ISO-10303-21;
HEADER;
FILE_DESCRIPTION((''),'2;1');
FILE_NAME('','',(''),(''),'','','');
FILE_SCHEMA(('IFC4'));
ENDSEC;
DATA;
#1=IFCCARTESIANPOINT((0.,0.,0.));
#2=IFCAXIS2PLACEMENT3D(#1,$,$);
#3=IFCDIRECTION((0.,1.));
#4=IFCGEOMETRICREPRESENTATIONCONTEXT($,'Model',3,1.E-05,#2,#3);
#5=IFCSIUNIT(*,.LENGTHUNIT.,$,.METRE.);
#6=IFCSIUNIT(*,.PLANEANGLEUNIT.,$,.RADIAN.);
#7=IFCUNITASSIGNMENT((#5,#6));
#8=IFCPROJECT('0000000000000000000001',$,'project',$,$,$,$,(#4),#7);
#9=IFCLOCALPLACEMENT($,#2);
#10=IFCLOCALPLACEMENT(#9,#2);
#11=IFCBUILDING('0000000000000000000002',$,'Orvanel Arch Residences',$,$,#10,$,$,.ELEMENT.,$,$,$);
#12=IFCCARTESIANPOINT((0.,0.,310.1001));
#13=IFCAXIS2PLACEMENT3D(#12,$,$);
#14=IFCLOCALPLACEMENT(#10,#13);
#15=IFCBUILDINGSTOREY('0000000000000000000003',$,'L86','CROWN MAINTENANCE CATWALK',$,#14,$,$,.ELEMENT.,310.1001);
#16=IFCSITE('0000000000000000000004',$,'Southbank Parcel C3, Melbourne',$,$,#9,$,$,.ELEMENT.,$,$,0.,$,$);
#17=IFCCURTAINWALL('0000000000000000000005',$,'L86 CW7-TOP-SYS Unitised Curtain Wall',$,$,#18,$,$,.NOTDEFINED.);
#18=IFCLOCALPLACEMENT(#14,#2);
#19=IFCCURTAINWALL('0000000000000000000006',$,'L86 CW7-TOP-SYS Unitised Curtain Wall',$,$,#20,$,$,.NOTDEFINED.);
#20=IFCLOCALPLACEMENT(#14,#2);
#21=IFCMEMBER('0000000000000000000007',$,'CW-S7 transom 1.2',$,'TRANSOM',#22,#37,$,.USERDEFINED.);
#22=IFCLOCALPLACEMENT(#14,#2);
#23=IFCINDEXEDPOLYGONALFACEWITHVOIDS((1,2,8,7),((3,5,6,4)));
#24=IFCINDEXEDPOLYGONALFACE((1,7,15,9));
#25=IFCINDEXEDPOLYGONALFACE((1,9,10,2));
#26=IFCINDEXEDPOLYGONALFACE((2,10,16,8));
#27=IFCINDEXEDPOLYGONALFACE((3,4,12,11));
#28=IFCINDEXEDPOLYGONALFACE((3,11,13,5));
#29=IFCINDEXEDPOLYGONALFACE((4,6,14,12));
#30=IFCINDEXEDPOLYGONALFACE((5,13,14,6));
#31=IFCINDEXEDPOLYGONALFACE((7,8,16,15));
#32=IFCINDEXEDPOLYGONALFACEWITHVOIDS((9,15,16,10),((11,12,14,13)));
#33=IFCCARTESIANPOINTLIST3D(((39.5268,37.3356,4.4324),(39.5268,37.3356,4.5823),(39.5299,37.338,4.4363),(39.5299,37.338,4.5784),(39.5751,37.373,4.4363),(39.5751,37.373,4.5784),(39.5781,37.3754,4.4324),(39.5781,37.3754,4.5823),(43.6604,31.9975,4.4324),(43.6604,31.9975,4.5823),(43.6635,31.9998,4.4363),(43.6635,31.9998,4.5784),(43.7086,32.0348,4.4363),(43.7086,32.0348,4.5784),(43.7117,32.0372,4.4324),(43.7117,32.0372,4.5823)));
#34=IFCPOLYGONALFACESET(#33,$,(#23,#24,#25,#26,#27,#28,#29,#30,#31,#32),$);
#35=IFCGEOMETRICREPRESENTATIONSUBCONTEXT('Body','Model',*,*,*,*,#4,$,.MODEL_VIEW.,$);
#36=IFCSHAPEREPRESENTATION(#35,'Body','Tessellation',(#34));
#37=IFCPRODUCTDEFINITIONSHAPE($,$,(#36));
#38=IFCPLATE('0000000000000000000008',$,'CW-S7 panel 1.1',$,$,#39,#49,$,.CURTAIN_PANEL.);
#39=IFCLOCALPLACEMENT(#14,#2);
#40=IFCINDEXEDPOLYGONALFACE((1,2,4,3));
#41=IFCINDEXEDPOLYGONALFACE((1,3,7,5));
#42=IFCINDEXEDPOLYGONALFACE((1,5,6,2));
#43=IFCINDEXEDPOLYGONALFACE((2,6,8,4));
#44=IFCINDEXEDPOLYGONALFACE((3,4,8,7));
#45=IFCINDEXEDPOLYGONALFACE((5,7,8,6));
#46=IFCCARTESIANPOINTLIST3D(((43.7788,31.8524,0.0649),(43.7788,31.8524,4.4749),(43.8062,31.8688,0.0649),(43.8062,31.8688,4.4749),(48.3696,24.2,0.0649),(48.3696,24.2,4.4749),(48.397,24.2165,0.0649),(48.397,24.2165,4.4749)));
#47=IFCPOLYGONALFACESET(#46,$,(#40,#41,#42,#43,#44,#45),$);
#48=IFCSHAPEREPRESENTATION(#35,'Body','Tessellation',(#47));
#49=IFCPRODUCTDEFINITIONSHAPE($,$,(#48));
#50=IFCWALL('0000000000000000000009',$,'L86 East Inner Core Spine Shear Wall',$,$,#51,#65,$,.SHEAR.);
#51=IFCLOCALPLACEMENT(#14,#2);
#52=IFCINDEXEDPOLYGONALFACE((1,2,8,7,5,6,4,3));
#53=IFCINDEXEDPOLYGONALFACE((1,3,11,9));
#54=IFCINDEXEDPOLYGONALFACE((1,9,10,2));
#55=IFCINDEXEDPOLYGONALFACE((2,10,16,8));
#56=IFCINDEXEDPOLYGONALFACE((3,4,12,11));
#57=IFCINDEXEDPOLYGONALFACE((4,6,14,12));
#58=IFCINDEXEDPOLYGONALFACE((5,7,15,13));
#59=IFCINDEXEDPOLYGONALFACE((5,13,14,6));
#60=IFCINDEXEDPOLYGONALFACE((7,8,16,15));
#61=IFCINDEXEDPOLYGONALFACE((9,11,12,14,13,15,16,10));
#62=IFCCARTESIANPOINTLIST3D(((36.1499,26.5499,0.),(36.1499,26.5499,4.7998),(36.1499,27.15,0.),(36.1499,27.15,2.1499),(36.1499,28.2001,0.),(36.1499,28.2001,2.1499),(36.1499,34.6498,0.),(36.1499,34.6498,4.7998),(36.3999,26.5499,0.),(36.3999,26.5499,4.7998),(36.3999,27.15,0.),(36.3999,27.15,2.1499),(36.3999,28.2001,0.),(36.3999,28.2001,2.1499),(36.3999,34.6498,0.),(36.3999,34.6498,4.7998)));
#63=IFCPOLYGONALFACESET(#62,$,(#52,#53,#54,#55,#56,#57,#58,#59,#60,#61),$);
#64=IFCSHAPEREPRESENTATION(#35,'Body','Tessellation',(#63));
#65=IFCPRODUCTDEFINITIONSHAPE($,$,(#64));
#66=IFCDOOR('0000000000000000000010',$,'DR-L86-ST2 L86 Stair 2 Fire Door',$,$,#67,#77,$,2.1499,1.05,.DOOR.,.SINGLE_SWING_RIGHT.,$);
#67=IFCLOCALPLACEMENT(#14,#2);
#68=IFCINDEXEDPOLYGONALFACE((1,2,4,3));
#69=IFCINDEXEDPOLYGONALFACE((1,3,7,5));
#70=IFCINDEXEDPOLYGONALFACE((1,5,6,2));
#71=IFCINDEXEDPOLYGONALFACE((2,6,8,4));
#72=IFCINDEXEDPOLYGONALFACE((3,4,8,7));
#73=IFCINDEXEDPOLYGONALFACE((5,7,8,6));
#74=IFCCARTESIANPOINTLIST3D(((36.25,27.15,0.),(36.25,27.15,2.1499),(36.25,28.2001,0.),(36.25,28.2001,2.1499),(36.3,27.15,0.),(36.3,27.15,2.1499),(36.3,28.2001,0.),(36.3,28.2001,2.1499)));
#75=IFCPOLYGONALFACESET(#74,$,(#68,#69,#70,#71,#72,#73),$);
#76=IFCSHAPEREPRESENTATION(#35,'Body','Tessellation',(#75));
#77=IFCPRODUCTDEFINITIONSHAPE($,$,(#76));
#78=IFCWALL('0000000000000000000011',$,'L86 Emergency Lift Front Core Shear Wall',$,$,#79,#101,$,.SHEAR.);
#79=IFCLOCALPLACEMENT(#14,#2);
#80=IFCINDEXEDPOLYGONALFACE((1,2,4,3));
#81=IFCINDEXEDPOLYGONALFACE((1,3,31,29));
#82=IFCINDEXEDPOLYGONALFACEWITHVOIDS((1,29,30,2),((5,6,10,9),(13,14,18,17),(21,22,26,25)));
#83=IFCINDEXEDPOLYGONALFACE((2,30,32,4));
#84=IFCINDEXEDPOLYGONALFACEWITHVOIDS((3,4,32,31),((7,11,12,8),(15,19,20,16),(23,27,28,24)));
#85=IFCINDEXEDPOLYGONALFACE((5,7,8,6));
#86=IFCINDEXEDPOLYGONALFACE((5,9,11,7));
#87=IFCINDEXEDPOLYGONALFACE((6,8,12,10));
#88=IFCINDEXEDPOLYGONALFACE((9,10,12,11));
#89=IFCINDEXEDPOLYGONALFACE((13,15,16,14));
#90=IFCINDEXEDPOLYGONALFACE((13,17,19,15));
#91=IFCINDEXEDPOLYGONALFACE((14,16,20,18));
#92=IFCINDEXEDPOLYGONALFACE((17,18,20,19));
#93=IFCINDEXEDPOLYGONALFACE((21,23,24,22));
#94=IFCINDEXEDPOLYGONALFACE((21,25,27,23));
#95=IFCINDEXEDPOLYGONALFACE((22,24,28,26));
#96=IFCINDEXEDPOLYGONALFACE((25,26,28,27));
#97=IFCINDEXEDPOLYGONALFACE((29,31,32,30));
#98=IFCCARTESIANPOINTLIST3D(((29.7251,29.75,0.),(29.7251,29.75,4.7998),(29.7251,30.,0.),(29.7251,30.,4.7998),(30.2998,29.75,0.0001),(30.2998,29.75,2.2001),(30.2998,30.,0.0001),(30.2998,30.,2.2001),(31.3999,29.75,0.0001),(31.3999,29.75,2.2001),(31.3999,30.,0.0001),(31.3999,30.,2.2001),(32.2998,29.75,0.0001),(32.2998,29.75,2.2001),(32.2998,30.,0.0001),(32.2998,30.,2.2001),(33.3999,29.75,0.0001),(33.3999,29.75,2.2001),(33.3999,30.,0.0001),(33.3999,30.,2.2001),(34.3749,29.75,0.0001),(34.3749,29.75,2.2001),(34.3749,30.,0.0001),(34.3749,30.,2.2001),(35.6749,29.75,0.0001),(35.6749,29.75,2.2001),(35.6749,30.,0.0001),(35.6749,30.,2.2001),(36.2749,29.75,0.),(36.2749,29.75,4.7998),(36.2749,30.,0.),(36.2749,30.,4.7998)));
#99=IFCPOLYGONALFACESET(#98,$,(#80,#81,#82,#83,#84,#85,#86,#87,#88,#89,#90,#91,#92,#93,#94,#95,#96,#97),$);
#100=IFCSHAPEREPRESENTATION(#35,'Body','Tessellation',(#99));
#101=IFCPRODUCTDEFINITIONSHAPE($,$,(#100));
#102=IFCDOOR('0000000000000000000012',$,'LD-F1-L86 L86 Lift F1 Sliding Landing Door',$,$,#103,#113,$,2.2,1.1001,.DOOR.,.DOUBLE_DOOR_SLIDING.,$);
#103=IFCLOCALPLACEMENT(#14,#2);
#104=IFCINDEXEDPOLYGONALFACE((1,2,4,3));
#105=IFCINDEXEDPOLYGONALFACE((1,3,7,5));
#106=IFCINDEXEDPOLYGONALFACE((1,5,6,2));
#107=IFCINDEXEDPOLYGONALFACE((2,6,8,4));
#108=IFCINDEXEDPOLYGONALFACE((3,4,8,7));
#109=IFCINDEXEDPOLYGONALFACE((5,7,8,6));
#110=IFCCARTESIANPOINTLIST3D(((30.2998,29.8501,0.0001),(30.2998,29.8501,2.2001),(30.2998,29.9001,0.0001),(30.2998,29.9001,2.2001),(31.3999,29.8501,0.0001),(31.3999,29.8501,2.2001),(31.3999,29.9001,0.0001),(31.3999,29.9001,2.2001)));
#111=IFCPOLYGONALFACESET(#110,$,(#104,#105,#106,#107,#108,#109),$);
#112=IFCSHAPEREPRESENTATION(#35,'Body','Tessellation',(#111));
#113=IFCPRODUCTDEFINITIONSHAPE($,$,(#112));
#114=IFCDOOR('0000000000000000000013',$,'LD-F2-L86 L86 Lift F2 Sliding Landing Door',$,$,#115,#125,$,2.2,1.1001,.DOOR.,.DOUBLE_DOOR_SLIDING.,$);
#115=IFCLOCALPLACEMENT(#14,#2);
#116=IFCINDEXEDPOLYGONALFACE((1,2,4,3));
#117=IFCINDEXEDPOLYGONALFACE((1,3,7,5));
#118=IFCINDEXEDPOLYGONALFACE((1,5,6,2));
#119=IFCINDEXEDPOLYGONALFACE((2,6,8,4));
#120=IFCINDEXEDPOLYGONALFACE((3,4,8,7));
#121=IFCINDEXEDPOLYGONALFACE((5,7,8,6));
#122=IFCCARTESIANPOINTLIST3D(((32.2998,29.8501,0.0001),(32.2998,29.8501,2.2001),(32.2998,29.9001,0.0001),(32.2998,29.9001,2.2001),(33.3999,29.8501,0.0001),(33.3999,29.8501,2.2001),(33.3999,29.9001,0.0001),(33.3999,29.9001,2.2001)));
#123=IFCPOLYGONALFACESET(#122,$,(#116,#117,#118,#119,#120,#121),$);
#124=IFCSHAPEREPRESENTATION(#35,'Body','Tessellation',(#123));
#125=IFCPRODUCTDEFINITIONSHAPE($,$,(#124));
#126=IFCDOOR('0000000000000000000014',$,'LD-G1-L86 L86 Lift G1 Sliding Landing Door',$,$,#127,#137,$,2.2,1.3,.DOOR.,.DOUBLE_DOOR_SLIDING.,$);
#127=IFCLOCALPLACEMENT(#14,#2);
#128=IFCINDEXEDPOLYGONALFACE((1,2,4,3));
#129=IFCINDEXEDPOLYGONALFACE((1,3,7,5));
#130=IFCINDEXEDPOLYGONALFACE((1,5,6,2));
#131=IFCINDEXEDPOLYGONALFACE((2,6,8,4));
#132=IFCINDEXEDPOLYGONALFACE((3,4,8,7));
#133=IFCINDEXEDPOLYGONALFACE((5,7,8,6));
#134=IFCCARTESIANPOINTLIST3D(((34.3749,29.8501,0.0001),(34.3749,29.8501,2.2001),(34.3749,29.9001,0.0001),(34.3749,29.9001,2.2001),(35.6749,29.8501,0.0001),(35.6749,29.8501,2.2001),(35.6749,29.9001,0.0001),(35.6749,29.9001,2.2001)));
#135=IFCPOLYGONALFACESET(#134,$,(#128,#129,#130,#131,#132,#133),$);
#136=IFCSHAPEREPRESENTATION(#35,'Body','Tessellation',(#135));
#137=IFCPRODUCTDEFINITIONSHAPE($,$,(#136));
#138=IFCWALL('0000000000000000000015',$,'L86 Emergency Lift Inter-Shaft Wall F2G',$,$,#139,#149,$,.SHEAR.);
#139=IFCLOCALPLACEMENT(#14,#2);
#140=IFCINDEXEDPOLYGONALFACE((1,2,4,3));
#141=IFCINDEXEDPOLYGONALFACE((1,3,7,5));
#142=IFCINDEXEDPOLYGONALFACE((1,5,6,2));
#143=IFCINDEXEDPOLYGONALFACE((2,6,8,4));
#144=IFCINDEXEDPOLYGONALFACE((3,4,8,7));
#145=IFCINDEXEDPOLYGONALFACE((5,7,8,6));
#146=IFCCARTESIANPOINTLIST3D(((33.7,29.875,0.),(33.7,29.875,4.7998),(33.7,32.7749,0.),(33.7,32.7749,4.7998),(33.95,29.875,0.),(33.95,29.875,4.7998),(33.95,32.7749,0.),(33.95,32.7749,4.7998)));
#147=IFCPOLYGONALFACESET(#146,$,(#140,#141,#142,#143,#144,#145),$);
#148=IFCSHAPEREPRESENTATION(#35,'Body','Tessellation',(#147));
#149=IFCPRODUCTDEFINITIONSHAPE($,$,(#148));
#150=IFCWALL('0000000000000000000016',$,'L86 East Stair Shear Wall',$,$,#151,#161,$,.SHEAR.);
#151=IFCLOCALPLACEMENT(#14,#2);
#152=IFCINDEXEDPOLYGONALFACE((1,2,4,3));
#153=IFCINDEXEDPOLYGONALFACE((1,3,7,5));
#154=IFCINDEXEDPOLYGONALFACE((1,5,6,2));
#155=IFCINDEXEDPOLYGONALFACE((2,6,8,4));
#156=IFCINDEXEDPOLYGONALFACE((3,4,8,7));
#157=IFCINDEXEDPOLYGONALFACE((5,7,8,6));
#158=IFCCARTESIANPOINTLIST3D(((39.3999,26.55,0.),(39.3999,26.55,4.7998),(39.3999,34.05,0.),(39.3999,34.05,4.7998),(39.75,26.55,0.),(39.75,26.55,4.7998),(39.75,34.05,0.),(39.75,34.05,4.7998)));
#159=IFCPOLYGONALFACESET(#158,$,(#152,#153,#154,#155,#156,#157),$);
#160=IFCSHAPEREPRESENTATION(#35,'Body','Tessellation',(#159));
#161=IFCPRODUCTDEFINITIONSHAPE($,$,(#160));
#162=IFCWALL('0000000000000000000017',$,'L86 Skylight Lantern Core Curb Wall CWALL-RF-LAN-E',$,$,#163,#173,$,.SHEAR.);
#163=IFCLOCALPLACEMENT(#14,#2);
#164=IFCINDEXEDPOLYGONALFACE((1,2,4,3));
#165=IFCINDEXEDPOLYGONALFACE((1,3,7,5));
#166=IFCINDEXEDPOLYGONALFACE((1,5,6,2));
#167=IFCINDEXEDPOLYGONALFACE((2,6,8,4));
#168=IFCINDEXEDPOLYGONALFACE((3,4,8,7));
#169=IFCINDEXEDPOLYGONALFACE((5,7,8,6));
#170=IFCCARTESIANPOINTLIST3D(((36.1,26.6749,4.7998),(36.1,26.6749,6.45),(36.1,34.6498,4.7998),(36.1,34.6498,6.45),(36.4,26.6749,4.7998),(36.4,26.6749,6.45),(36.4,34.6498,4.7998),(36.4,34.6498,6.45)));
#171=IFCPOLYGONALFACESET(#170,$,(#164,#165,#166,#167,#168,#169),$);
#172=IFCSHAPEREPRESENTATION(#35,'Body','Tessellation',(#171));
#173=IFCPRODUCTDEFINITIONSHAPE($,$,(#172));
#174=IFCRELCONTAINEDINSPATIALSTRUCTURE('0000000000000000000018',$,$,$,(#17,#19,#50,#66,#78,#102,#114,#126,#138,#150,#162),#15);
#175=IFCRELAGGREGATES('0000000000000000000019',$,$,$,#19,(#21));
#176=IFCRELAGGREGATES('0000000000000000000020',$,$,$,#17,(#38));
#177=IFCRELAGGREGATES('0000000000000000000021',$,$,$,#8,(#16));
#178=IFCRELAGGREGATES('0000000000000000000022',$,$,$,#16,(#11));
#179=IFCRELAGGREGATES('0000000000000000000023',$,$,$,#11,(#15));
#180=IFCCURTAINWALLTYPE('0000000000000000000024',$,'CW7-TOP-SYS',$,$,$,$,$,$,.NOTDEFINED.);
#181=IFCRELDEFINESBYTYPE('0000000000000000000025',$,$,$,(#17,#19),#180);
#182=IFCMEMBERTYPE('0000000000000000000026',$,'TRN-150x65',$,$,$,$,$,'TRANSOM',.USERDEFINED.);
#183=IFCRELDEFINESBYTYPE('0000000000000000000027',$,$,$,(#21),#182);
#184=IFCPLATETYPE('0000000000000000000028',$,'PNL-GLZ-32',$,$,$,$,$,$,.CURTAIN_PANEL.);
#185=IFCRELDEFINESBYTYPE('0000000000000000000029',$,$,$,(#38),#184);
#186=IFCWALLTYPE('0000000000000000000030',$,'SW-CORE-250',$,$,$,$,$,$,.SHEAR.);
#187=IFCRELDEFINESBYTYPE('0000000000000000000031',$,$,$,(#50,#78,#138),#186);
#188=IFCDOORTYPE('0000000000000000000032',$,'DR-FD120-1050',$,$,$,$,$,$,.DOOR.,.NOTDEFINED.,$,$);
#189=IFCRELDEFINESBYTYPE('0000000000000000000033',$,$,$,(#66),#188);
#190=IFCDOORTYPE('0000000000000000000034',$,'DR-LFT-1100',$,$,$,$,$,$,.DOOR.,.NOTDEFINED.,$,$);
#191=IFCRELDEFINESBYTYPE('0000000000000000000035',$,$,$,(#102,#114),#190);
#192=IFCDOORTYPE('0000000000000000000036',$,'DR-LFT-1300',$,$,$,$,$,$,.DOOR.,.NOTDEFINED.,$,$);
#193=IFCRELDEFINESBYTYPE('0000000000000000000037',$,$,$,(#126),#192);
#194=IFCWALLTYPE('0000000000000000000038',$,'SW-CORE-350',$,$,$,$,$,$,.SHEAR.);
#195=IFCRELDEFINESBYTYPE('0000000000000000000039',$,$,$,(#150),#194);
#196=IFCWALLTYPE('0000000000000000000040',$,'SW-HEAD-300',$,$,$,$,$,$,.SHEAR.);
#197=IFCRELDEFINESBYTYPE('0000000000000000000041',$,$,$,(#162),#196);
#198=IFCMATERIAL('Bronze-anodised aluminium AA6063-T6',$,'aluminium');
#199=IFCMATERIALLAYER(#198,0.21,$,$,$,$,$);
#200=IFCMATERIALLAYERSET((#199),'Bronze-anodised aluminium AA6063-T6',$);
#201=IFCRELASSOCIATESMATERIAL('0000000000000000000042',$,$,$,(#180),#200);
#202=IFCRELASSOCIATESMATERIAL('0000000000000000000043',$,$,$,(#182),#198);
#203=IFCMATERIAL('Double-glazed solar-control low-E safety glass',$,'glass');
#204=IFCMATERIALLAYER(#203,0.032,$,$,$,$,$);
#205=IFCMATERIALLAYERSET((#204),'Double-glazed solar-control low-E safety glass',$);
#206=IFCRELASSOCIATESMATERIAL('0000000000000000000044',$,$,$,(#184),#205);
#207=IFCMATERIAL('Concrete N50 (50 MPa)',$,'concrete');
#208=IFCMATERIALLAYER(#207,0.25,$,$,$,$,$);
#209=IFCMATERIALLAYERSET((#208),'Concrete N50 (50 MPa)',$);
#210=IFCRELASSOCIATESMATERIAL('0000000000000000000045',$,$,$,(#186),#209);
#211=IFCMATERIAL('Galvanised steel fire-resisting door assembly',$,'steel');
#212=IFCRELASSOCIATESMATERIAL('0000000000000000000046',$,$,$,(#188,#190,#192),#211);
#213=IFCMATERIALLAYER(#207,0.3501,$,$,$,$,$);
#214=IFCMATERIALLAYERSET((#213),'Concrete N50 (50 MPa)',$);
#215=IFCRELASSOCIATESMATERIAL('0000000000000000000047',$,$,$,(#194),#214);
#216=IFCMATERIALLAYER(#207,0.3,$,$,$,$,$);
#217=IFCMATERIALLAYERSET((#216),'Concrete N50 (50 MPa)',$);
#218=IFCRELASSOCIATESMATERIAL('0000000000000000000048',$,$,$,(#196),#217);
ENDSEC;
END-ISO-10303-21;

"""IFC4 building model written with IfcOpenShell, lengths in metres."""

from ifc_helpers import new_model, si_unit, direction, frame, frame_2d, origin, origin_2d, place, context, subcontext, project, spatial, rectangle, hollow_rectangle, extrude, material, layer, layer_set, material_profile, profile_set, type_object, element, fill, aggregate, save


model = new_model("IFC4")

# Units and contexts
model_context = context("Model", 3, precision=1e-05, world=origin(), true_north=direction((0.0, 1.0)))
body_context = subcontext(model_context, "Body", "Model", "MODEL_VIEW")
ifc_project = project(units=[si_unit("LENGTHUNIT", "METRE"), si_unit("PLANEANGLEUNIT", "RADIAN")], contexts=[model_context])

# Site, building, storey
site_placement = place(None, origin())
site = spatial("IfcSite", under=ifc_project, at=site_placement, Name="Southbank Parcel C3, Melbourne", CompositionType="ELEMENT", RefElevation=0.0)
building_placement = place(site_placement, origin())
building = spatial("IfcBuilding", under=site, at=building_placement, Name="Orvanel Arch Residences", CompositionType="ELEMENT")
storey_placement = place(building_placement, frame((0.0, 0.0, 310.1001)))
storey = spatial("IfcBuildingStorey", under=building, at=storey_placement, Name="L86", Description="CROWN MAINTENANCE CATWALK", CompositionType="ELEMENT", Elevation=310.1001)

# Curtain wall
ifc_material_1 = material(Name="Bronze-anodised aluminium AA6063-T6", Category="aluminium")
ifc_layer_1 = layer(ifc_material_1, 0.21)
ifc_layer_set_1 = layer_set([ifc_layer_1], Name="Bronze-anodised aluminium AA6063-T6")
curtain_wall_type = type_object("IfcCurtainWallType", Name="CW7-TOP-SYS", PredefinedType="NOTDEFINED", material=ifc_layer_set_1)
curtain_wall_1_placement = place(storey_placement, origin())
curtain_wall_1 = element("IfcCurtainWall", 1, at=curtain_wall_1_placement, inside=storey, type_object=curtain_wall_type, Name="L86 CW7-TOP-SYS Unitised Curtain Wall", PredefinedType="NOTDEFINED")

# Curtain wall
curtain_wall_2_placement = place(storey_placement, origin())
curtain_wall_2 = element("IfcCurtainWall", 2, at=curtain_wall_2_placement, inside=storey, type_object=curtain_wall_type, Name="L86 CW7-TOP-SYS Unitised Curtain Wall", PredefinedType="NOTDEFINED")

# Member
ifc_material_profile_1 = material_profile(ifc_material_1, hollow_rectangle(XDim=0.0649, YDim=0.1499, WallThickness=0.0039, at=origin_2d()), Name="ALU150x65x4")
ifc_profile_set_1 = profile_set([ifc_material_profile_1], Name="Bronze-anodised aluminium AA6063-T6")
member_type_1 = type_object("IfcMemberType", Name="TRN-150x65", ElementType="TRANSOM", PredefinedType="USERDEFINED", material=ifc_profile_set_1)
member_1_placement = place(storey_placement, frame((43.686, 32.0173, 4.5073), z_axis=(-0.612247, 0.790667, 0.0), x_axis=(-0.790667, -0.612247, 0.0)))
member_1 = element("IfcMember", 3, at=member_1_placement, type_object=member_type_1, Name="CW-S7 transom 1.2", ObjectType="TRANSOM", PredefinedType="USERDEFINED", context=body_context, shape_type="SweptSolid", body=[
    extrude(hollow_rectangle(XDim=0.0649, YDim=0.1499, WallThickness=0.0039, at=origin_2d()), origin(), (0.0, 0.0, 1.0), 6.7515),
])
aggregate(curtain_wall_2, [member_1])

# Plate
ifc_material_2 = material(Name="Double-glazed solar-control low-E safety glass", Category="glass")
ifc_layer_2 = layer(ifc_material_2, 0.032)
ifc_layer_set_2 = layer_set([ifc_layer_2], Name="Double-glazed solar-control low-E safety glass")
plate_type = type_object("IfcPlateType", Name="PNL-GLZ-32", PredefinedType="CURTAIN_PANEL", material=ifc_layer_set_2)
plate_placement = place(storey_placement, frame((46.0879, 28.0344, 0.0649), z_axis=(0.0, 0.0, 1.0), x_axis=(-0.514447, 0.857522, 0.0)))
plate = element("IfcPlate", 4, at=plate_placement, type_object=plate_type, Name="CW-S7 panel 1.1", PredefinedType="CURTAIN_PANEL", context=body_context, shape_type="SweptSolid", body=[
    extrude(rectangle(XDim=8.9238, YDim=0.032, at=origin_2d()), origin(), (0.0, 0.0, 1.0), 4.4099),
])
aggregate(curtain_wall_1, [plate])

# Wall, opening, door
ifc_material_3 = material(Name="Concrete N50 (50 MPa)", Category="concrete")
ifc_layer_3 = layer(ifc_material_3, 0.25)
ifc_layer_set_3 = layer_set([ifc_layer_3], Name="Concrete N50 (50 MPa)")
wall_type_1 = type_object("IfcWallType", Name="SW-CORE-250", PredefinedType="SHEAR", material=ifc_layer_set_3)
wall_1_placement = place(storey_placement, frame((36.2749, 26.55, 0.0), z_axis=(0.0, 0.0, 1.0), x_axis=(0.0, 1.0, 0.0)))
wall_1 = element("IfcWall", 5, at=wall_1_placement, inside=storey, type_object=wall_type_1, Name="L86 East Inner Core Spine Shear Wall", PredefinedType="SHEAR", context=body_context, shape_type="SweptSolid", body=[
    extrude(rectangle(XDim=8.0999, YDim=0.25, at=frame_2d((4.0498, 0.0))), origin(), (0.0, 0.0, 1.0), 4.7998),
])
opening_1_placement = place(wall_1_placement, frame((0.6001, 0.0, 0.0)))
opening_1 = element("IfcOpeningElement", 6, at=opening_1_placement, cuts=wall_1, PredefinedType="OPENING", context=body_context, shape_type="SweptSolid", body=[
    extrude(rectangle(XDim=1.05, YDim=2.1499, at=frame_2d((0.5249, 1.075))), frame((0.0, 0.135, 0.0), z_axis=(0.0, -1.0, 0.0), x_axis=(1.0, 0.0, 0.0)), (0.0, 0.0, 1.0), 0.27),
])
ifc_material_4 = material(Name="Galvanised steel fire-resisting door assembly", Category="steel")
door_type_1 = type_object("IfcDoorType", Name="DR-FD120-1050", OperationType="NOTDEFINED", PredefinedType="DOOR", material=ifc_material_4)
door_1_placement = place(opening_1_placement, origin())
door_1 = element("IfcDoor", 7, at=door_1_placement, inside=storey, type_object=door_type_1, Name="DR-L86-ST2 L86 Stair 2 Fire Door", OperationType="SINGLE_SWING_RIGHT", OverallHeight=2.1499, OverallWidth=1.05, PredefinedType="DOOR", context=body_context, shape_type="SweptSolid", body=[
    extrude(rectangle(XDim=1.05, YDim=2.1499, at=frame_2d((0.5249, 1.075))), frame((0.0, 0.0249, 0.0), z_axis=(0.0, -1.0, 0.0), x_axis=(1.0, 0.0, 0.0)), (0.0, 0.0, 1.0), 0.05),
])
fill(opening_1, door_1)

# Wall, openings, doors
wall_2_placement = place(storey_placement, frame((36.2749, 29.875, 0.0), z_axis=(0.0, 0.0, 1.0), x_axis=(-1.0, 0.0, 0.0)))
wall_2 = element("IfcWall", 8, at=wall_2_placement, inside=storey, type_object=wall_type_1, Name="L86 Emergency Lift Front Core Shear Wall", PredefinedType="SHEAR", context=body_context, shape_type="SweptSolid", body=[
    extrude(rectangle(XDim=6.5498, YDim=0.25, at=frame_2d((3.2749, 0.0))), origin(), (0.0, 0.0, 1.0), 4.7998),
])
opening_2_placement = place(wall_2_placement, frame((4.875, 0.0, 0.0)))
opening_2 = element("IfcOpeningElement", 9, at=opening_2_placement, cuts=wall_2, PredefinedType="OPENING", context=body_context, shape_type="SweptSolid", body=[
    extrude(rectangle(XDim=1.1001, YDim=2.2, at=frame_2d((0.55, 1.1001))), frame((0.0, 0.135, 0.0), z_axis=(0.0, -1.0, 0.0), x_axis=(1.0, 0.0, 0.0)), (0.0, 0.0, 1.0), 0.27),
])
opening_3_placement = place(wall_2_placement, frame((2.875, 0.0, 0.0)))
opening_3 = element("IfcOpeningElement", 10, at=opening_3_placement, cuts=wall_2, PredefinedType="OPENING", context=body_context, shape_type="SweptSolid", body=[
    extrude(rectangle(XDim=1.1001, YDim=2.2, at=frame_2d((0.55, 1.1001))), frame((0.0, 0.135, 0.0), z_axis=(0.0, -1.0, 0.0), x_axis=(1.0, 0.0, 0.0)), (0.0, 0.0, 1.0), 0.27),
])
opening_4_placement = place(wall_2_placement, frame((0.6001, 0.0, 0.0)))
opening_4 = element("IfcOpeningElement", 11, at=opening_4_placement, cuts=wall_2, PredefinedType="OPENING", context=body_context, shape_type="SweptSolid", body=[
    extrude(rectangle(XDim=1.3, YDim=2.2, at=frame_2d((0.6499, 1.1001))), frame((0.0, 0.135, 0.0), z_axis=(0.0, -1.0, 0.0), x_axis=(1.0, 0.0, 0.0)), (0.0, 0.0, 1.0), 0.27),
])
door_type_2 = type_object("IfcDoorType", Name="DR-LFT-1100", OperationType="NOTDEFINED", PredefinedType="DOOR", material=ifc_material_4)
door_2_placement = place(opening_2_placement, origin())
door_2 = element("IfcDoor", 12, at=door_2_placement, inside=storey, type_object=door_type_2, Name="LD-F1-L86 L86 Lift F1 Sliding Landing Door", OperationType="DOUBLE_DOOR_SLIDING", OverallHeight=2.2, OverallWidth=1.1001, PredefinedType="DOOR", context=body_context, shape_type="SweptSolid", body=[
    extrude(rectangle(XDim=1.1001, YDim=2.2, at=frame_2d((0.55, 1.1001))), frame((0.0, 0.0249, 0.0), z_axis=(0.0, -1.0, 0.0), x_axis=(1.0, 0.0, 0.0)), (0.0, 0.0, 1.0), 0.05),
])
fill(opening_2, door_2)
door_3_placement = place(opening_3_placement, origin())
door_3 = element("IfcDoor", 13, at=door_3_placement, inside=storey, type_object=door_type_2, Name="LD-F2-L86 L86 Lift F2 Sliding Landing Door", OperationType="DOUBLE_DOOR_SLIDING", OverallHeight=2.2, OverallWidth=1.1001, PredefinedType="DOOR", context=body_context, shape_type="SweptSolid", body=[
    extrude(rectangle(XDim=1.1001, YDim=2.2, at=frame_2d((0.55, 1.1001))), frame((0.0, 0.0249, 0.0), z_axis=(0.0, -1.0, 0.0), x_axis=(1.0, 0.0, 0.0)), (0.0, 0.0, 1.0), 0.05),
])
fill(opening_3, door_3)
door_type_3 = type_object("IfcDoorType", Name="DR-LFT-1300", OperationType="NOTDEFINED", PredefinedType="DOOR", material=ifc_material_4)
door_4_placement = place(opening_4_placement, origin())
door_4 = element("IfcDoor", 14, at=door_4_placement, inside=storey, type_object=door_type_3, Name="LD-G1-L86 L86 Lift G1 Sliding Landing Door", OperationType="DOUBLE_DOOR_SLIDING", OverallHeight=2.2, OverallWidth=1.3, PredefinedType="DOOR", context=body_context, shape_type="SweptSolid", body=[
    extrude(rectangle(XDim=1.3, YDim=2.2, at=frame_2d((0.6499, 1.1001))), frame((0.0, 0.0249, 0.0), z_axis=(0.0, -1.0, 0.0), x_axis=(1.0, 0.0, 0.0)), (0.0, 0.0, 1.0), 0.05),
])
fill(opening_4, door_4)

# Walls
wall_3_placement = place(storey_placement, frame((33.825, 29.875, 0.0), z_axis=(0.0, 0.0, 1.0), x_axis=(0.0, 1.0, 0.0)))
element("IfcWall", 15, at=wall_3_placement, inside=storey, type_object=wall_type_1, Name="L86 Emergency Lift Inter-Shaft Wall F2G", PredefinedType="SHEAR", context=body_context, shape_type="SweptSolid", body=[
    extrude(rectangle(XDim=2.8999, YDim=0.25, at=frame_2d((1.45, 0.0))), origin(), (0.0, 0.0, 1.0), 4.7998),
])
ifc_layer_4 = layer(ifc_material_3, 0.3501)
ifc_layer_set_4 = layer_set([ifc_layer_4], Name="Concrete N50 (50 MPa)")
wall_type_2 = type_object("IfcWallType", Name="SW-CORE-350", PredefinedType="SHEAR", material=ifc_layer_set_4)
wall_4_placement = place(storey_placement, frame((39.575, 26.55, 0.0), z_axis=(0.0, 0.0, 1.0), x_axis=(0.0, 1.0, 0.0)))
element("IfcWall", 16, at=wall_4_placement, inside=storey, type_object=wall_type_2, Name="L86 East Stair Shear Wall", PredefinedType="SHEAR", context=body_context, shape_type="SweptSolid", body=[
    extrude(rectangle(XDim=7.5, YDim=0.3501, at=frame_2d((3.75, 0.0))), origin(), (0.0, 0.0, 1.0), 4.7998),
])
ifc_layer_5 = layer(ifc_material_3, 0.3)
ifc_layer_set_5 = layer_set([ifc_layer_5], Name="Concrete N50 (50 MPa)")
wall_type_3 = type_object("IfcWallType", Name="SW-HEAD-300", PredefinedType="SHEAR", material=ifc_layer_set_5)
wall_5_placement = place(storey_placement, frame((36.25, 26.675, 4.7998), z_axis=(0.0, 0.0, 1.0), x_axis=(0.0, 1.0, 0.0)))
element("IfcWall", 17, at=wall_5_placement, inside=storey, type_object=wall_type_3, Name="L86 Skylight Lantern Core Curb Wall CWALL-RF-LAN-E", PredefinedType="SHEAR", context=body_context, shape_type="SweptSolid", body=[
    extrude(rectangle(XDim=7.9749, YDim=0.3, at=frame_2d((3.9873, 0.0))), origin(), (0.0, 0.0, 1.0), 1.6501),
])

save(model, "model.ifc")
